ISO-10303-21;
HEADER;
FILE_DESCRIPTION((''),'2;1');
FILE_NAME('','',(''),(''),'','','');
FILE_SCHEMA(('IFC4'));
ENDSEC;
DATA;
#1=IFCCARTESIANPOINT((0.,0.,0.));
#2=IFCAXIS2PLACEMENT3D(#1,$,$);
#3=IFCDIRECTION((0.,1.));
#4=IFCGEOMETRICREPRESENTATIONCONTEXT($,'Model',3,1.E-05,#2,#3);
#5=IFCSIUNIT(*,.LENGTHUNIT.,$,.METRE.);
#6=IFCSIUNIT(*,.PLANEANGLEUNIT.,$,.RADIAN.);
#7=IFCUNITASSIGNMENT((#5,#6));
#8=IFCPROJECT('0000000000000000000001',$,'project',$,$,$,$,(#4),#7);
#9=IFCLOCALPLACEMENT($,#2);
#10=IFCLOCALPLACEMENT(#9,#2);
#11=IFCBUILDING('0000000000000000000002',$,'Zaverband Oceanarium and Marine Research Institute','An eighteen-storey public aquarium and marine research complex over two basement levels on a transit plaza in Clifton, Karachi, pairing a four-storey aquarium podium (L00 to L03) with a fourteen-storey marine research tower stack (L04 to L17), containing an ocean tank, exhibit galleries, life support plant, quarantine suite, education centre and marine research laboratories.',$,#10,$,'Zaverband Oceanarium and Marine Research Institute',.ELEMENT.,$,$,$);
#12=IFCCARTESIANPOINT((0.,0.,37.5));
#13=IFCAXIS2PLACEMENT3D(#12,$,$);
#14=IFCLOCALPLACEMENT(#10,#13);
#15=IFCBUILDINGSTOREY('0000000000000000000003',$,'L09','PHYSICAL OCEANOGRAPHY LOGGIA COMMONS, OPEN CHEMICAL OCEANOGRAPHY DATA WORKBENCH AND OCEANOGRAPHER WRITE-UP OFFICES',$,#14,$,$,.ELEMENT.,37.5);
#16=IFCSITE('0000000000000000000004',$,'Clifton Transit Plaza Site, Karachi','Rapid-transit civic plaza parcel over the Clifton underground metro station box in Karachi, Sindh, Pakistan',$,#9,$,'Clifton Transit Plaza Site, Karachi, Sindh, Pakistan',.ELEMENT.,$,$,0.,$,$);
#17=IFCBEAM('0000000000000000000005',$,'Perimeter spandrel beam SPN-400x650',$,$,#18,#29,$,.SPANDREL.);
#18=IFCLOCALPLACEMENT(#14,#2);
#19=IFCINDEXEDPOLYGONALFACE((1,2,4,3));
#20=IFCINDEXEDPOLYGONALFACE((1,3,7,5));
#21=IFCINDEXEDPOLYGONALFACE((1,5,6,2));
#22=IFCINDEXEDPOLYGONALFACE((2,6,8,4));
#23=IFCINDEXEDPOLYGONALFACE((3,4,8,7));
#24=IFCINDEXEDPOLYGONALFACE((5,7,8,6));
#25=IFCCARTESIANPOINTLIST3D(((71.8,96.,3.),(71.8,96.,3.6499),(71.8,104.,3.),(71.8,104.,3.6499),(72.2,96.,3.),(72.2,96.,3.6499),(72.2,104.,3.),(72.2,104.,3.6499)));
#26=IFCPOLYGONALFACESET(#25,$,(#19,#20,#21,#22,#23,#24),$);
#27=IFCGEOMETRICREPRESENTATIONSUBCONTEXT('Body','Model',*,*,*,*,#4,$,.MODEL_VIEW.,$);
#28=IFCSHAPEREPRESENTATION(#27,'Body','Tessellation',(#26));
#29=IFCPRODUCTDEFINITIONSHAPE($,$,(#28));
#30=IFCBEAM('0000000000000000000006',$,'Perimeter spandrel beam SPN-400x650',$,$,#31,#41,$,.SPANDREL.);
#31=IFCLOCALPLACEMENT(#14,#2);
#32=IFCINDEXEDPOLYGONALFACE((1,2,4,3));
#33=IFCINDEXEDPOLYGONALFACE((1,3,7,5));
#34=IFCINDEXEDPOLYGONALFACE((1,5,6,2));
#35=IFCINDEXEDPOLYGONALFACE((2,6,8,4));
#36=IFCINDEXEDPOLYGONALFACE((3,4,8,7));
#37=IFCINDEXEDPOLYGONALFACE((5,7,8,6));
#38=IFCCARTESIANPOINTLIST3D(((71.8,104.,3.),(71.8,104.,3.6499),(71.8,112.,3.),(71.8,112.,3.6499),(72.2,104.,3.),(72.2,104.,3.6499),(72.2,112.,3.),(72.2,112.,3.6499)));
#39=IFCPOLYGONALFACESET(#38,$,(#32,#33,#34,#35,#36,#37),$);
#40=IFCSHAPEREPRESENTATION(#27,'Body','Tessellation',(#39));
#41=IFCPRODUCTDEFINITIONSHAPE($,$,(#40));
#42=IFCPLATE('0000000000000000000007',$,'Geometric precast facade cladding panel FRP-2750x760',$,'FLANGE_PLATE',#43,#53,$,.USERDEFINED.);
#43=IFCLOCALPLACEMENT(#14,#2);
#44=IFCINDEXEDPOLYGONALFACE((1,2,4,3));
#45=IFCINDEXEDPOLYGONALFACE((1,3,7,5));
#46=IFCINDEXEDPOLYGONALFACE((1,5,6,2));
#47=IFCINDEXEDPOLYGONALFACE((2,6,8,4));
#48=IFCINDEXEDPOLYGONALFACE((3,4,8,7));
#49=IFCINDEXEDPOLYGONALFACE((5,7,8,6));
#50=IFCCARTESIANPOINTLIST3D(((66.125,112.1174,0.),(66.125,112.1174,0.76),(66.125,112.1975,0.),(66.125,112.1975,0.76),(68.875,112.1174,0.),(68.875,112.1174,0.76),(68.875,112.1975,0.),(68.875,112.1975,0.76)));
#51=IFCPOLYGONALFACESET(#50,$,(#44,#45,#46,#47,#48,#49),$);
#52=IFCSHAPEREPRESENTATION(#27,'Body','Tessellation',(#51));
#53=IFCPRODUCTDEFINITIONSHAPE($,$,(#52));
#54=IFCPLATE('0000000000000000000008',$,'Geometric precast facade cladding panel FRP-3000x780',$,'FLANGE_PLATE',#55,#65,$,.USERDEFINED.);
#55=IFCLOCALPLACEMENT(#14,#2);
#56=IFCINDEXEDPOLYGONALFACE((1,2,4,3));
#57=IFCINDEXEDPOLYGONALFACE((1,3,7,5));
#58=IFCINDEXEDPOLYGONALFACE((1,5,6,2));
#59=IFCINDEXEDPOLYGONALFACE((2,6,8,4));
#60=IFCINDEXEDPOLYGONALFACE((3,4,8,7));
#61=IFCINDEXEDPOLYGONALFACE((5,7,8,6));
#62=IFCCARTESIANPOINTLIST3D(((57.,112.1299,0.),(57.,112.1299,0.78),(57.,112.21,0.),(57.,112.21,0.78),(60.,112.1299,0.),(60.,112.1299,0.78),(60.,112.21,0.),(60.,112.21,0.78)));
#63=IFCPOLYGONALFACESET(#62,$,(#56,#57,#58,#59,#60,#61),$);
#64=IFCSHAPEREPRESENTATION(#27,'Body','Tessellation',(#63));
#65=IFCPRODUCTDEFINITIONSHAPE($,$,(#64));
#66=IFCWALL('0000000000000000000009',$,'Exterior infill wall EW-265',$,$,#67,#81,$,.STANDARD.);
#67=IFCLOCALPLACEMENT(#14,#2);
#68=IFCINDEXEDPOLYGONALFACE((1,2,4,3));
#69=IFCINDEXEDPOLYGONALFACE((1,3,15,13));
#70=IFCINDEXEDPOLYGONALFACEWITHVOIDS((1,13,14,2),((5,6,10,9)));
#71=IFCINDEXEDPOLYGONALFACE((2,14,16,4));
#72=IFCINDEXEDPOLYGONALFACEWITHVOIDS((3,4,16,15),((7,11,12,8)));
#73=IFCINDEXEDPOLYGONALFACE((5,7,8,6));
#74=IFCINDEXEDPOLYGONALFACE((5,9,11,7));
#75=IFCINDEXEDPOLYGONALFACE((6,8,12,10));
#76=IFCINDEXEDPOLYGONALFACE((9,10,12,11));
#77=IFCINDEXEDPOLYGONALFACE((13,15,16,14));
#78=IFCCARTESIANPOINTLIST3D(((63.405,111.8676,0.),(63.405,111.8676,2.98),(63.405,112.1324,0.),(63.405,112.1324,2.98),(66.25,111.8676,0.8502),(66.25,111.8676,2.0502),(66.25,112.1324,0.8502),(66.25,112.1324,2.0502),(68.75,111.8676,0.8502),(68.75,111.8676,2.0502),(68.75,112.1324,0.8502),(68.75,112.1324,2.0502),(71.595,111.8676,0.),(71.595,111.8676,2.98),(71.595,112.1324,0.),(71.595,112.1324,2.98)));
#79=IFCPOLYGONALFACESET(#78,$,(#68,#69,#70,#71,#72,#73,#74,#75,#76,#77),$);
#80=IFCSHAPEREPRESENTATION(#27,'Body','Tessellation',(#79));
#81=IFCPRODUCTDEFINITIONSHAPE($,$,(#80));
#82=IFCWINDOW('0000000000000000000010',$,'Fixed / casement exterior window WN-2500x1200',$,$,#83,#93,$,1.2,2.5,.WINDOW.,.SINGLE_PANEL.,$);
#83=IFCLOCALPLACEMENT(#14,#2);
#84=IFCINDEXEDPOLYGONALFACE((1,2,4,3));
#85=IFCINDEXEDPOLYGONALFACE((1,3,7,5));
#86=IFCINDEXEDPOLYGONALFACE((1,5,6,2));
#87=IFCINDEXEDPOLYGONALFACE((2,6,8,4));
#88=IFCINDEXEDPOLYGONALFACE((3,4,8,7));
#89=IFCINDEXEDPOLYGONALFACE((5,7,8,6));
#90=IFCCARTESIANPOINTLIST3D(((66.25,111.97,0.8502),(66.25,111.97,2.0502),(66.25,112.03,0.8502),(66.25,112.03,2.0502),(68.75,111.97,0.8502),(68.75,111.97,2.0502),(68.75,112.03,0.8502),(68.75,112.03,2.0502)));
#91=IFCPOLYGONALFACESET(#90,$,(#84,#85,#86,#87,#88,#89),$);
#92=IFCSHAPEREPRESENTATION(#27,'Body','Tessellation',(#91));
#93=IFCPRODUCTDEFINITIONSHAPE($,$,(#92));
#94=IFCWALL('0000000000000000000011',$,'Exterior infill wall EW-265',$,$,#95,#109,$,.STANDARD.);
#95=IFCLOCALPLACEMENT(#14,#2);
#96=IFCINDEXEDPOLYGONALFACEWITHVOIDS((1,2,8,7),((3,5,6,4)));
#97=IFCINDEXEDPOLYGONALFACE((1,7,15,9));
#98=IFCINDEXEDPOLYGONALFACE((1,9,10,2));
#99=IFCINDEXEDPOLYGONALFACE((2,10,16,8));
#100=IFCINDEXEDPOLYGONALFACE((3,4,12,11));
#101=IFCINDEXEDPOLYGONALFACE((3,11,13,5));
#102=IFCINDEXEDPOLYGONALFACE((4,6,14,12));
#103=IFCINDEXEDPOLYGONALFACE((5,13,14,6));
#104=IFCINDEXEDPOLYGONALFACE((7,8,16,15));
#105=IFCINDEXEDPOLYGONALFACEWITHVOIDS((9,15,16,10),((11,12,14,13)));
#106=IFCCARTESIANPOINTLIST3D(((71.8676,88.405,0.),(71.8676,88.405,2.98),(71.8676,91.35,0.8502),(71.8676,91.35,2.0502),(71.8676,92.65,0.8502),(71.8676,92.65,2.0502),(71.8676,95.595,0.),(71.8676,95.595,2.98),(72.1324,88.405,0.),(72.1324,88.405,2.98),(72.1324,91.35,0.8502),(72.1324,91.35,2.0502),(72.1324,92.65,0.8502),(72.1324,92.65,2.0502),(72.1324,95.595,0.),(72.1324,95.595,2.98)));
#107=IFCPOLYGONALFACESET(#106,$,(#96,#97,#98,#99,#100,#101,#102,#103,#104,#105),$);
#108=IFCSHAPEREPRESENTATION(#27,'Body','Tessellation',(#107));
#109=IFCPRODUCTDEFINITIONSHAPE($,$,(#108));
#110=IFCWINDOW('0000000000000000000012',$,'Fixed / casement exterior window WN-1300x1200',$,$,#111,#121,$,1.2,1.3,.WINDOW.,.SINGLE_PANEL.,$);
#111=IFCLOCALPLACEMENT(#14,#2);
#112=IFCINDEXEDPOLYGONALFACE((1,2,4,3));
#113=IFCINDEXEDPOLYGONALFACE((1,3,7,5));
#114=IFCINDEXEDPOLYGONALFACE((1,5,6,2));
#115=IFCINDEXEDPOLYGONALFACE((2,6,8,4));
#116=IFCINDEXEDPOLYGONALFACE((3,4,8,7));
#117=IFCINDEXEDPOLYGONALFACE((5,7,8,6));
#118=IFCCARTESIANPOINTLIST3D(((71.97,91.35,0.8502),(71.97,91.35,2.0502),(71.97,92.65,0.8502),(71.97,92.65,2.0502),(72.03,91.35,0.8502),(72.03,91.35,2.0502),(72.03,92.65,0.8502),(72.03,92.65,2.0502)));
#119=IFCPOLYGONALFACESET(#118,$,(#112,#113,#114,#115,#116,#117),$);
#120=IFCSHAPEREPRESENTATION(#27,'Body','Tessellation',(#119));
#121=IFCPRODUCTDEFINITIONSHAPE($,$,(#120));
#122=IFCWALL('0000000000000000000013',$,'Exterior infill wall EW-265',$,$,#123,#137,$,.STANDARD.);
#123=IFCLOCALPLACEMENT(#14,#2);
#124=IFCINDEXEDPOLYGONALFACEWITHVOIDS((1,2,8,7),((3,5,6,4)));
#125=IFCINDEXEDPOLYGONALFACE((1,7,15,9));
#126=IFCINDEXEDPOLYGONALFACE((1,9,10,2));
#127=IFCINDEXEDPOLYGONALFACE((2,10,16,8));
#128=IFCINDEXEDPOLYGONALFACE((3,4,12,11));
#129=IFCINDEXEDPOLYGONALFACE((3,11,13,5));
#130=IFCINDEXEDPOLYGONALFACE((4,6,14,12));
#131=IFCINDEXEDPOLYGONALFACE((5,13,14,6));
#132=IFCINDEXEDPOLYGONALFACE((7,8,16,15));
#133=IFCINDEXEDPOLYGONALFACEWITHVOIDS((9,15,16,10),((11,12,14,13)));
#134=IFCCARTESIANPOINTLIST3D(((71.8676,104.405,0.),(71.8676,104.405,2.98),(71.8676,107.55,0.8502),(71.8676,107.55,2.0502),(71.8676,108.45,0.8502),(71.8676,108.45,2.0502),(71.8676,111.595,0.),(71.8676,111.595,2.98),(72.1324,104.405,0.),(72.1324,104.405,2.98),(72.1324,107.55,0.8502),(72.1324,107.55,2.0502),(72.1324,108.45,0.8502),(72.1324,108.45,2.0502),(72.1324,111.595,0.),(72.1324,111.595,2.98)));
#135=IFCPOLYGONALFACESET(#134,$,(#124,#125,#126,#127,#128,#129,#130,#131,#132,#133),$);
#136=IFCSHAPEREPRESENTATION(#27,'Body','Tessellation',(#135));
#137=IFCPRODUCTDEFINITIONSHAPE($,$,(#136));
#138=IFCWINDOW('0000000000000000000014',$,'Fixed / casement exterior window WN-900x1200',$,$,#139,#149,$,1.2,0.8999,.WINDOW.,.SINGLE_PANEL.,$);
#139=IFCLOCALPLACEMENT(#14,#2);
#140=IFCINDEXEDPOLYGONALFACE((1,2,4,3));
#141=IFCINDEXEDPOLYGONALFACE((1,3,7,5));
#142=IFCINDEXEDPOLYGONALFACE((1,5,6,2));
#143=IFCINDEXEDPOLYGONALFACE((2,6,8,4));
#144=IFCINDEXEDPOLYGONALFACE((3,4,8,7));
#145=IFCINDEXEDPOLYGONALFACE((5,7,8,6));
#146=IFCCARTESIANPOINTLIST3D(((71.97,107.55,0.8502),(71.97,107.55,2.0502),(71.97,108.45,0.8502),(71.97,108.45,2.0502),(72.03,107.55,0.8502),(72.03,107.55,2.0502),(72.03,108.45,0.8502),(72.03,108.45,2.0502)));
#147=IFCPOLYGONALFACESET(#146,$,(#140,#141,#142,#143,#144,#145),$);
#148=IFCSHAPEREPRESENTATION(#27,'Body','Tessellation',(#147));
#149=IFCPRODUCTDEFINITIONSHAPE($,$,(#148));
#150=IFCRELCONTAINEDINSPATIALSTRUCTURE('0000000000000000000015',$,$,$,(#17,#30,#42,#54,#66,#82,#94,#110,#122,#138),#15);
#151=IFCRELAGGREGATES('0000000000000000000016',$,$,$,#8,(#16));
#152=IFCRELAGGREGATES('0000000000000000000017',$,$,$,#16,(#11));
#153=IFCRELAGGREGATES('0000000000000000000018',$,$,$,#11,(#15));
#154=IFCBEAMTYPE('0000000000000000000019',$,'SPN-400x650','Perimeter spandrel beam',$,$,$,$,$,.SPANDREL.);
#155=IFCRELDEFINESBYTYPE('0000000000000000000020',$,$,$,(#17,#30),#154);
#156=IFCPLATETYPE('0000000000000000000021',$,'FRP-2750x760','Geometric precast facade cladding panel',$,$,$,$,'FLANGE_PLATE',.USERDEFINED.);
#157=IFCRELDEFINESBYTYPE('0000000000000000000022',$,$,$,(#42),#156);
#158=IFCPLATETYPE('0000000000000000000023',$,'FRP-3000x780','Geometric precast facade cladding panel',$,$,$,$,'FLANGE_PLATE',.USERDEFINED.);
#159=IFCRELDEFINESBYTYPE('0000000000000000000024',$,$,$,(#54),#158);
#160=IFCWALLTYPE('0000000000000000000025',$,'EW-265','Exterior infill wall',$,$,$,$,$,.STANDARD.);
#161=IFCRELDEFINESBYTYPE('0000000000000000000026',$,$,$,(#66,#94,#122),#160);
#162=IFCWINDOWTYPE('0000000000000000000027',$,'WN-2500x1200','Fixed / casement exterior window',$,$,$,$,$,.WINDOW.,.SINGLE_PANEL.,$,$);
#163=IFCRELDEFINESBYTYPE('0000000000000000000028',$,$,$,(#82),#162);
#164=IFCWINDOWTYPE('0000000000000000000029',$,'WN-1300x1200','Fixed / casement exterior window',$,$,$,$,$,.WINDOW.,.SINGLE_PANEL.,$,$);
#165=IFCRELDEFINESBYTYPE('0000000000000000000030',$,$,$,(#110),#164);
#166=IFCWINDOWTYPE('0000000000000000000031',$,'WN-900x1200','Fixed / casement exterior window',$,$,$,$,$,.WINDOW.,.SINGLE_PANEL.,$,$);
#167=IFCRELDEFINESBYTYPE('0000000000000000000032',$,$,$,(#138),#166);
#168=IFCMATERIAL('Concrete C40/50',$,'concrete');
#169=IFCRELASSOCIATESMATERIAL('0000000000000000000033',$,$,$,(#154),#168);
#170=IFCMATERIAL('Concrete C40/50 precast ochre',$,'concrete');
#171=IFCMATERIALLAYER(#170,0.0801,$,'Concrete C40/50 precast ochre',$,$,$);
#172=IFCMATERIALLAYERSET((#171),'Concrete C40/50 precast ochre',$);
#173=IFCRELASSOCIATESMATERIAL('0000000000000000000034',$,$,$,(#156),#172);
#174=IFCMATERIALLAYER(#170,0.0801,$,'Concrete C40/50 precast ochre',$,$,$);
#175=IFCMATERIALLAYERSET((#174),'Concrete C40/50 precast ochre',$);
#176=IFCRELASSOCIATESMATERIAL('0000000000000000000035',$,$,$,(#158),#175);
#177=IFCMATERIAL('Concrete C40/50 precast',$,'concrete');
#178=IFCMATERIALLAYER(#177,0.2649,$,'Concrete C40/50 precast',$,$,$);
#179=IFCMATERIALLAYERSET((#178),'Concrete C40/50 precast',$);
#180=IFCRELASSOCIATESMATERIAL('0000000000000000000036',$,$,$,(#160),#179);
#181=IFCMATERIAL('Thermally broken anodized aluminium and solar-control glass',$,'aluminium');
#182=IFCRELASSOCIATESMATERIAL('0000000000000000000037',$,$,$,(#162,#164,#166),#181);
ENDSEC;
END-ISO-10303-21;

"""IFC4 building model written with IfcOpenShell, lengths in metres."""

from ifc_helpers import new_model, si_unit, direction, frame, frame_2d, origin, origin_2d, place, context, subcontext, project, spatial, rectangle, extrude, material, layer, layer_set, material_profile, profile_set, type_object, element, fill, save


model = new_model("IFC4")

# Units and contexts
model_context = context("Model", 3, precision=1e-05, world=origin(), true_north=direction((0.0, 1.0)))
body_context = subcontext(model_context, "Body", "Model", "MODEL_VIEW")
ifc_project = project(units=[si_unit("LENGTHUNIT", "METRE"), si_unit("PLANEANGLEUNIT", "RADIAN")], contexts=[model_context])

# Site, building, storey
site_placement = place(None, origin())
site = spatial("IfcSite", under=ifc_project, at=site_placement, Name="Clifton Transit Plaza Site, Karachi", Description="Rapid-transit civic plaza parcel over the Clifton underground metro station box in Karachi, Sindh, Pakistan", LongName="Clifton Transit Plaza Site, Karachi, Sindh, Pakistan", CompositionType="ELEMENT", RefElevation=0.0)
building_placement = place(site_placement, origin())
building = spatial("IfcBuilding", under=site, at=building_placement, Name="Zaverband Oceanarium and Marine Research Institute", Description="An eighteen-storey public aquarium and marine research complex over two basement levels on a transit plaza in Clifton, Karachi, pairing a four-storey aquarium podium (L00 to L03) with a fourteen-storey marine research tower stack (L04 to L17), containing an ocean tank, exhibit galleries, life support plant, quarantine suite, education centre and marine research laboratories.", LongName="Zaverband Oceanarium and Marine Research Institute", CompositionType="ELEMENT")
storey_placement = place(building_placement, frame((0.0, 0.0, 37.5)))
storey = spatial("IfcBuildingStorey", under=building, at=storey_placement, Name="L09", Description="PHYSICAL OCEANOGRAPHY LOGGIA COMMONS, OPEN CHEMICAL OCEANOGRAPHY DATA WORKBENCH AND OCEANOGRAPHER WRITE-UP OFFICES", CompositionType="ELEMENT", Elevation=37.5)

# Beams
ifc_material_1 = material(Name="Concrete C40/50", Category="concrete")
ifc_material_profile_1 = material_profile(ifc_material_1, rectangle(XDim=0.3999, YDim=0.6499, at=origin_2d()), Name="RC400x650")
ifc_profile_set_1 = profile_set([ifc_material_profile_1], Name="Concrete C40/50")
beam_type_1 = type_object("IfcBeamType", Name="SPN-400x650", Description="Perimeter spandrel beam", PredefinedType="SPANDREL", material=ifc_profile_set_1)
for number, where, z_axis, x_axis, name in (
    (1, (72.0, 96.0, 3.325), (0.0, 1.0, 0.0), (-1.0, 0.0, 0.0), "Perimeter spandrel beam SPN-400x650"),
    (2, (72.0, 104.0, 3.325), (0.0, 1.0, 0.0), (-1.0, 0.0, 0.0), "Perimeter spandrel beam SPN-400x650"),
):
    element("IfcBeam", number, at=place(storey_placement, frame(where, z_axis=z_axis, x_axis=x_axis)), inside=storey, type_object=beam_type_1, Name=name, PredefinedType="SPANDREL", context=body_context, shape_type="SweptSolid", body=[
        extrude(rectangle(XDim=0.3999, YDim=0.6499, at=origin_2d()), origin(), (0.0, 0.0, 1.0), 8.0),
    ])

# Plates
ifc_material_2 = material(Name="Concrete C40/50 precast ochre", Category="concrete")
ifc_layer_1 = layer(ifc_material_2, 0.0801, Name="Concrete C40/50 precast ochre")
ifc_layer_set_1 = layer_set([ifc_layer_1], Name="Concrete C40/50 precast ochre")
plate_type_1 = type_object("IfcPlateType", Name="FRP-2750x760", Description="Geometric precast facade cladding panel", ElementType="FLANGE_PLATE", PredefinedType="USERDEFINED", material=ifc_layer_set_1)
plate_1_placement = place(storey_placement, frame((66.125, 112.1575, 0.0), z_axis=(0.0, 0.0, 1.0), x_axis=(1.0, 0.0, 0.0)))
element("IfcPlate", 3, at=plate_1_placement, inside=storey, type_object=plate_type_1, Name="Geometric precast facade cladding panel FRP-2750x760", ObjectType="FLANGE_PLATE", PredefinedType="USERDEFINED", context=body_context, shape_type="SweptSolid", body=[
    extrude(rectangle(XDim=2.75, YDim=0.0801, at=frame_2d((1.375, 0.0))), origin(), (0.0, 0.0, 1.0), 0.76),
])
ifc_layer_2 = layer(ifc_material_2, 0.0801, Name="Concrete C40/50 precast ochre")
ifc_layer_set_2 = layer_set([ifc_layer_2], Name="Concrete C40/50 precast ochre")
plate_type_2 = type_object("IfcPlateType", Name="FRP-3000x780", Description="Geometric precast facade cladding panel", ElementType="FLANGE_PLATE", PredefinedType="USERDEFINED", material=ifc_layer_set_2)
plate_2_placement = place(storey_placement, frame((57.0, 112.1699, 0.0), z_axis=(0.0, 0.0, 1.0), x_axis=(1.0, 0.0, 0.0)))
element("IfcPlate", 4, at=plate_2_placement, inside=storey, type_object=plate_type_2, Name="Geometric precast facade cladding panel FRP-3000x780", ObjectType="FLANGE_PLATE", PredefinedType="USERDEFINED", context=body_context, shape_type="SweptSolid", body=[
    extrude(rectangle(XDim=3.0, YDim=0.0801, at=frame_2d((1.5, 0.0))), origin(), (0.0, 0.0, 1.0), 0.78),
])

# Walls, openings, windows
ifc_material_3 = material(Name="Concrete C40/50 precast", Category="concrete")
ifc_layer_3 = layer(ifc_material_3, 0.2649, Name="Concrete C40/50 precast")
ifc_layer_set_3 = layer_set([ifc_layer_3], Name="Concrete C40/50 precast")
wall_type_1 = type_object("IfcWallType", Name="EW-265", Description="Exterior infill wall", PredefinedType="STANDARD", material=ifc_layer_set_3)
wall_1_placement = place(storey_placement, frame((63.405, 112.0, 0.0), z_axis=(0.0, 0.0, 1.0), x_axis=(1.0, 0.0, 0.0)))
wall_1 = element("IfcWall", 5, at=wall_1_placement, inside=storey, type_object=wall_type_1, Name="Exterior infill wall EW-265", PredefinedType="STANDARD", context=body_context, shape_type="SweptSolid", body=[
    extrude(rectangle(XDim=8.1899, YDim=0.2649, at=frame_2d((4.095, 0.0))), origin(), (0.0, 0.0, 1.0), 2.98),
])
opening_1_placement = place(wall_1_placement, frame((2.845, 0.0, 0.8501)))
opening_1 = element("IfcOpeningElement", 6, at=opening_1_placement, cuts=wall_1, PredefinedType="OPENING", context=body_context, shape_type="SweptSolid", body=[
    extrude(rectangle(XDim=2.5, YDim=1.2, at=frame_2d((1.25, 0.6001))), frame((0.0, 0.1445, 0.0), z_axis=(0.0, -1.0, 0.0), x_axis=(1.0, 0.0, 0.0)), (0.0, 0.0, 1.0), 0.2888),
])
ifc_material_4 = material(Name="Thermally broken anodized aluminium and solar-control glass", Category="aluminium")
window_type_1 = type_object("IfcWindowType", Name="WN-2500x1200", Description="Fixed / casement exterior window", PartitioningType="SINGLE_PANEL", PredefinedType="WINDOW", material=ifc_material_4)
window_1_placement = place(opening_1_placement, origin())
window_1 = element("IfcWindow", 7, at=window_1_placement, inside=storey, type_object=window_type_1, Name="Fixed / casement exterior window WN-2500x1200", OverallHeight=1.2, OverallWidth=2.5, PartitioningType="SINGLE_PANEL", PredefinedType="WINDOW", context=body_context, shape_type="SweptSolid", body=[
    extrude(rectangle(XDim=2.5, YDim=1.2, at=frame_2d((1.25, 0.6001))), frame((0.0, 0.03, 0.0), z_axis=(0.0, -1.0, 0.0), x_axis=(1.0, 0.0, 0.0)), (0.0, 0.0, 1.0), 0.0601),
])
fill(opening_1, window_1)
wall_2_placement = place(storey_placement, frame((72.0, 88.405, 0.0), z_axis=(0.0, 0.0, 1.0), x_axis=(0.0, 1.0, 0.0)))
wall_2 = element("IfcWall", 8, at=wall_2_placement, inside=storey, type_object=wall_type_1, Name="Exterior infill wall EW-265", PredefinedType="STANDARD", context=body_context, shape_type="SweptSolid", body=[
    extrude(rectangle(XDim=7.1899, YDim=0.2649, at=frame_2d((3.595, 0.0))), origin(), (0.0, 0.0, 1.0), 2.98),
])
opening_2_placement = place(wall_2_placement, frame((2.9451, 0.0, 0.8501)))
opening_2 = element("IfcOpeningElement", 9, at=opening_2_placement, cuts=wall_2, PredefinedType="OPENING", context=body_context, shape_type="SweptSolid", body=[
    extrude(rectangle(XDim=1.3, YDim=1.2, at=frame_2d((0.6499, 0.6001))), frame((0.0, 0.1445, 0.0), z_axis=(0.0, -1.0, 0.0), x_axis=(1.0, 0.0, 0.0)), (0.0, 0.0, 1.0), 0.2888),
])
window_type_2 = type_object("IfcWindowType", Name="WN-1300x1200", Description="Fixed / casement exterior window", PartitioningType="SINGLE_PANEL", PredefinedType="WINDOW", material=ifc_material_4)
window_2_placement = place(opening_2_placement, origin())
window_2 = element("IfcWindow", 10, at=window_2_placement, inside=storey, type_object=window_type_2, Name="Fixed / casement exterior window WN-1300x1200", OverallHeight=1.2, OverallWidth=1.3, PartitioningType="SINGLE_PANEL", PredefinedType="WINDOW", context=body_context, shape_type="SweptSolid", body=[
    extrude(rectangle(XDim=1.3, YDim=1.2, at=frame_2d((0.6499, 0.6001))), frame((0.0, 0.03, 0.0), z_axis=(0.0, -1.0, 0.0), x_axis=(1.0, 0.0, 0.0)), (0.0, 0.0, 1.0), 0.0601),
])
fill(opening_2, window_2)
wall_3_placement = place(storey_placement, frame((72.0, 104.405, 0.0), z_axis=(0.0, 0.0, 1.0), x_axis=(0.0, 1.0, 0.0)))
wall_3 = element("IfcWall", 11, at=wall_3_placement, inside=storey, type_object=wall_type_1, Name="Exterior infill wall EW-265", PredefinedType="STANDARD", context=body_context, shape_type="SweptSolid", body=[
    extrude(rectangle(XDim=7.1899, YDim=0.2649, at=frame_2d((3.595, 0.0))), origin(), (0.0, 0.0, 1.0), 2.98),
])
opening_3_placement = place(wall_3_placement, frame((3.145, 0.0, 0.8501)))
opening_3 = element("IfcOpeningElement", 12, at=opening_3_placement, cuts=wall_3, PredefinedType="OPENING", context=body_context, shape_type="SweptSolid", body=[
    extrude(rectangle(XDim=0.8999, YDim=1.2, at=frame_2d((0.45, 0.6001))), frame((0.0, 0.1445, 0.0), z_axis=(0.0, -1.0, 0.0), x_axis=(1.0, 0.0, 0.0)), (0.0, 0.0, 1.0), 0.2888),
])
window_type_3 = type_object("IfcWindowType", Name="WN-900x1200", Description="Fixed / casement exterior window", PartitioningType="SINGLE_PANEL", PredefinedType="WINDOW", material=ifc_material_4)
window_3_placement = place(opening_3_placement, origin())
window_3 = element("IfcWindow", 13, at=window_3_placement, inside=storey, type_object=window_type_3, Name="Fixed / casement exterior window WN-900x1200", OverallHeight=1.2, OverallWidth=0.8999, PartitioningType="SINGLE_PANEL", PredefinedType="WINDOW", context=body_context, shape_type="SweptSolid", body=[
    extrude(rectangle(XDim=0.8999, YDim=1.2, at=frame_2d((0.45, 0.6001))), frame((0.0, 0.03, 0.0), z_axis=(0.0, -1.0, 0.0), x_axis=(1.0, 0.0, 0.0)), (0.0, 0.0, 1.0), 0.0601),
])
fill(opening_3, window_3)

save(model, "model.ifc")
